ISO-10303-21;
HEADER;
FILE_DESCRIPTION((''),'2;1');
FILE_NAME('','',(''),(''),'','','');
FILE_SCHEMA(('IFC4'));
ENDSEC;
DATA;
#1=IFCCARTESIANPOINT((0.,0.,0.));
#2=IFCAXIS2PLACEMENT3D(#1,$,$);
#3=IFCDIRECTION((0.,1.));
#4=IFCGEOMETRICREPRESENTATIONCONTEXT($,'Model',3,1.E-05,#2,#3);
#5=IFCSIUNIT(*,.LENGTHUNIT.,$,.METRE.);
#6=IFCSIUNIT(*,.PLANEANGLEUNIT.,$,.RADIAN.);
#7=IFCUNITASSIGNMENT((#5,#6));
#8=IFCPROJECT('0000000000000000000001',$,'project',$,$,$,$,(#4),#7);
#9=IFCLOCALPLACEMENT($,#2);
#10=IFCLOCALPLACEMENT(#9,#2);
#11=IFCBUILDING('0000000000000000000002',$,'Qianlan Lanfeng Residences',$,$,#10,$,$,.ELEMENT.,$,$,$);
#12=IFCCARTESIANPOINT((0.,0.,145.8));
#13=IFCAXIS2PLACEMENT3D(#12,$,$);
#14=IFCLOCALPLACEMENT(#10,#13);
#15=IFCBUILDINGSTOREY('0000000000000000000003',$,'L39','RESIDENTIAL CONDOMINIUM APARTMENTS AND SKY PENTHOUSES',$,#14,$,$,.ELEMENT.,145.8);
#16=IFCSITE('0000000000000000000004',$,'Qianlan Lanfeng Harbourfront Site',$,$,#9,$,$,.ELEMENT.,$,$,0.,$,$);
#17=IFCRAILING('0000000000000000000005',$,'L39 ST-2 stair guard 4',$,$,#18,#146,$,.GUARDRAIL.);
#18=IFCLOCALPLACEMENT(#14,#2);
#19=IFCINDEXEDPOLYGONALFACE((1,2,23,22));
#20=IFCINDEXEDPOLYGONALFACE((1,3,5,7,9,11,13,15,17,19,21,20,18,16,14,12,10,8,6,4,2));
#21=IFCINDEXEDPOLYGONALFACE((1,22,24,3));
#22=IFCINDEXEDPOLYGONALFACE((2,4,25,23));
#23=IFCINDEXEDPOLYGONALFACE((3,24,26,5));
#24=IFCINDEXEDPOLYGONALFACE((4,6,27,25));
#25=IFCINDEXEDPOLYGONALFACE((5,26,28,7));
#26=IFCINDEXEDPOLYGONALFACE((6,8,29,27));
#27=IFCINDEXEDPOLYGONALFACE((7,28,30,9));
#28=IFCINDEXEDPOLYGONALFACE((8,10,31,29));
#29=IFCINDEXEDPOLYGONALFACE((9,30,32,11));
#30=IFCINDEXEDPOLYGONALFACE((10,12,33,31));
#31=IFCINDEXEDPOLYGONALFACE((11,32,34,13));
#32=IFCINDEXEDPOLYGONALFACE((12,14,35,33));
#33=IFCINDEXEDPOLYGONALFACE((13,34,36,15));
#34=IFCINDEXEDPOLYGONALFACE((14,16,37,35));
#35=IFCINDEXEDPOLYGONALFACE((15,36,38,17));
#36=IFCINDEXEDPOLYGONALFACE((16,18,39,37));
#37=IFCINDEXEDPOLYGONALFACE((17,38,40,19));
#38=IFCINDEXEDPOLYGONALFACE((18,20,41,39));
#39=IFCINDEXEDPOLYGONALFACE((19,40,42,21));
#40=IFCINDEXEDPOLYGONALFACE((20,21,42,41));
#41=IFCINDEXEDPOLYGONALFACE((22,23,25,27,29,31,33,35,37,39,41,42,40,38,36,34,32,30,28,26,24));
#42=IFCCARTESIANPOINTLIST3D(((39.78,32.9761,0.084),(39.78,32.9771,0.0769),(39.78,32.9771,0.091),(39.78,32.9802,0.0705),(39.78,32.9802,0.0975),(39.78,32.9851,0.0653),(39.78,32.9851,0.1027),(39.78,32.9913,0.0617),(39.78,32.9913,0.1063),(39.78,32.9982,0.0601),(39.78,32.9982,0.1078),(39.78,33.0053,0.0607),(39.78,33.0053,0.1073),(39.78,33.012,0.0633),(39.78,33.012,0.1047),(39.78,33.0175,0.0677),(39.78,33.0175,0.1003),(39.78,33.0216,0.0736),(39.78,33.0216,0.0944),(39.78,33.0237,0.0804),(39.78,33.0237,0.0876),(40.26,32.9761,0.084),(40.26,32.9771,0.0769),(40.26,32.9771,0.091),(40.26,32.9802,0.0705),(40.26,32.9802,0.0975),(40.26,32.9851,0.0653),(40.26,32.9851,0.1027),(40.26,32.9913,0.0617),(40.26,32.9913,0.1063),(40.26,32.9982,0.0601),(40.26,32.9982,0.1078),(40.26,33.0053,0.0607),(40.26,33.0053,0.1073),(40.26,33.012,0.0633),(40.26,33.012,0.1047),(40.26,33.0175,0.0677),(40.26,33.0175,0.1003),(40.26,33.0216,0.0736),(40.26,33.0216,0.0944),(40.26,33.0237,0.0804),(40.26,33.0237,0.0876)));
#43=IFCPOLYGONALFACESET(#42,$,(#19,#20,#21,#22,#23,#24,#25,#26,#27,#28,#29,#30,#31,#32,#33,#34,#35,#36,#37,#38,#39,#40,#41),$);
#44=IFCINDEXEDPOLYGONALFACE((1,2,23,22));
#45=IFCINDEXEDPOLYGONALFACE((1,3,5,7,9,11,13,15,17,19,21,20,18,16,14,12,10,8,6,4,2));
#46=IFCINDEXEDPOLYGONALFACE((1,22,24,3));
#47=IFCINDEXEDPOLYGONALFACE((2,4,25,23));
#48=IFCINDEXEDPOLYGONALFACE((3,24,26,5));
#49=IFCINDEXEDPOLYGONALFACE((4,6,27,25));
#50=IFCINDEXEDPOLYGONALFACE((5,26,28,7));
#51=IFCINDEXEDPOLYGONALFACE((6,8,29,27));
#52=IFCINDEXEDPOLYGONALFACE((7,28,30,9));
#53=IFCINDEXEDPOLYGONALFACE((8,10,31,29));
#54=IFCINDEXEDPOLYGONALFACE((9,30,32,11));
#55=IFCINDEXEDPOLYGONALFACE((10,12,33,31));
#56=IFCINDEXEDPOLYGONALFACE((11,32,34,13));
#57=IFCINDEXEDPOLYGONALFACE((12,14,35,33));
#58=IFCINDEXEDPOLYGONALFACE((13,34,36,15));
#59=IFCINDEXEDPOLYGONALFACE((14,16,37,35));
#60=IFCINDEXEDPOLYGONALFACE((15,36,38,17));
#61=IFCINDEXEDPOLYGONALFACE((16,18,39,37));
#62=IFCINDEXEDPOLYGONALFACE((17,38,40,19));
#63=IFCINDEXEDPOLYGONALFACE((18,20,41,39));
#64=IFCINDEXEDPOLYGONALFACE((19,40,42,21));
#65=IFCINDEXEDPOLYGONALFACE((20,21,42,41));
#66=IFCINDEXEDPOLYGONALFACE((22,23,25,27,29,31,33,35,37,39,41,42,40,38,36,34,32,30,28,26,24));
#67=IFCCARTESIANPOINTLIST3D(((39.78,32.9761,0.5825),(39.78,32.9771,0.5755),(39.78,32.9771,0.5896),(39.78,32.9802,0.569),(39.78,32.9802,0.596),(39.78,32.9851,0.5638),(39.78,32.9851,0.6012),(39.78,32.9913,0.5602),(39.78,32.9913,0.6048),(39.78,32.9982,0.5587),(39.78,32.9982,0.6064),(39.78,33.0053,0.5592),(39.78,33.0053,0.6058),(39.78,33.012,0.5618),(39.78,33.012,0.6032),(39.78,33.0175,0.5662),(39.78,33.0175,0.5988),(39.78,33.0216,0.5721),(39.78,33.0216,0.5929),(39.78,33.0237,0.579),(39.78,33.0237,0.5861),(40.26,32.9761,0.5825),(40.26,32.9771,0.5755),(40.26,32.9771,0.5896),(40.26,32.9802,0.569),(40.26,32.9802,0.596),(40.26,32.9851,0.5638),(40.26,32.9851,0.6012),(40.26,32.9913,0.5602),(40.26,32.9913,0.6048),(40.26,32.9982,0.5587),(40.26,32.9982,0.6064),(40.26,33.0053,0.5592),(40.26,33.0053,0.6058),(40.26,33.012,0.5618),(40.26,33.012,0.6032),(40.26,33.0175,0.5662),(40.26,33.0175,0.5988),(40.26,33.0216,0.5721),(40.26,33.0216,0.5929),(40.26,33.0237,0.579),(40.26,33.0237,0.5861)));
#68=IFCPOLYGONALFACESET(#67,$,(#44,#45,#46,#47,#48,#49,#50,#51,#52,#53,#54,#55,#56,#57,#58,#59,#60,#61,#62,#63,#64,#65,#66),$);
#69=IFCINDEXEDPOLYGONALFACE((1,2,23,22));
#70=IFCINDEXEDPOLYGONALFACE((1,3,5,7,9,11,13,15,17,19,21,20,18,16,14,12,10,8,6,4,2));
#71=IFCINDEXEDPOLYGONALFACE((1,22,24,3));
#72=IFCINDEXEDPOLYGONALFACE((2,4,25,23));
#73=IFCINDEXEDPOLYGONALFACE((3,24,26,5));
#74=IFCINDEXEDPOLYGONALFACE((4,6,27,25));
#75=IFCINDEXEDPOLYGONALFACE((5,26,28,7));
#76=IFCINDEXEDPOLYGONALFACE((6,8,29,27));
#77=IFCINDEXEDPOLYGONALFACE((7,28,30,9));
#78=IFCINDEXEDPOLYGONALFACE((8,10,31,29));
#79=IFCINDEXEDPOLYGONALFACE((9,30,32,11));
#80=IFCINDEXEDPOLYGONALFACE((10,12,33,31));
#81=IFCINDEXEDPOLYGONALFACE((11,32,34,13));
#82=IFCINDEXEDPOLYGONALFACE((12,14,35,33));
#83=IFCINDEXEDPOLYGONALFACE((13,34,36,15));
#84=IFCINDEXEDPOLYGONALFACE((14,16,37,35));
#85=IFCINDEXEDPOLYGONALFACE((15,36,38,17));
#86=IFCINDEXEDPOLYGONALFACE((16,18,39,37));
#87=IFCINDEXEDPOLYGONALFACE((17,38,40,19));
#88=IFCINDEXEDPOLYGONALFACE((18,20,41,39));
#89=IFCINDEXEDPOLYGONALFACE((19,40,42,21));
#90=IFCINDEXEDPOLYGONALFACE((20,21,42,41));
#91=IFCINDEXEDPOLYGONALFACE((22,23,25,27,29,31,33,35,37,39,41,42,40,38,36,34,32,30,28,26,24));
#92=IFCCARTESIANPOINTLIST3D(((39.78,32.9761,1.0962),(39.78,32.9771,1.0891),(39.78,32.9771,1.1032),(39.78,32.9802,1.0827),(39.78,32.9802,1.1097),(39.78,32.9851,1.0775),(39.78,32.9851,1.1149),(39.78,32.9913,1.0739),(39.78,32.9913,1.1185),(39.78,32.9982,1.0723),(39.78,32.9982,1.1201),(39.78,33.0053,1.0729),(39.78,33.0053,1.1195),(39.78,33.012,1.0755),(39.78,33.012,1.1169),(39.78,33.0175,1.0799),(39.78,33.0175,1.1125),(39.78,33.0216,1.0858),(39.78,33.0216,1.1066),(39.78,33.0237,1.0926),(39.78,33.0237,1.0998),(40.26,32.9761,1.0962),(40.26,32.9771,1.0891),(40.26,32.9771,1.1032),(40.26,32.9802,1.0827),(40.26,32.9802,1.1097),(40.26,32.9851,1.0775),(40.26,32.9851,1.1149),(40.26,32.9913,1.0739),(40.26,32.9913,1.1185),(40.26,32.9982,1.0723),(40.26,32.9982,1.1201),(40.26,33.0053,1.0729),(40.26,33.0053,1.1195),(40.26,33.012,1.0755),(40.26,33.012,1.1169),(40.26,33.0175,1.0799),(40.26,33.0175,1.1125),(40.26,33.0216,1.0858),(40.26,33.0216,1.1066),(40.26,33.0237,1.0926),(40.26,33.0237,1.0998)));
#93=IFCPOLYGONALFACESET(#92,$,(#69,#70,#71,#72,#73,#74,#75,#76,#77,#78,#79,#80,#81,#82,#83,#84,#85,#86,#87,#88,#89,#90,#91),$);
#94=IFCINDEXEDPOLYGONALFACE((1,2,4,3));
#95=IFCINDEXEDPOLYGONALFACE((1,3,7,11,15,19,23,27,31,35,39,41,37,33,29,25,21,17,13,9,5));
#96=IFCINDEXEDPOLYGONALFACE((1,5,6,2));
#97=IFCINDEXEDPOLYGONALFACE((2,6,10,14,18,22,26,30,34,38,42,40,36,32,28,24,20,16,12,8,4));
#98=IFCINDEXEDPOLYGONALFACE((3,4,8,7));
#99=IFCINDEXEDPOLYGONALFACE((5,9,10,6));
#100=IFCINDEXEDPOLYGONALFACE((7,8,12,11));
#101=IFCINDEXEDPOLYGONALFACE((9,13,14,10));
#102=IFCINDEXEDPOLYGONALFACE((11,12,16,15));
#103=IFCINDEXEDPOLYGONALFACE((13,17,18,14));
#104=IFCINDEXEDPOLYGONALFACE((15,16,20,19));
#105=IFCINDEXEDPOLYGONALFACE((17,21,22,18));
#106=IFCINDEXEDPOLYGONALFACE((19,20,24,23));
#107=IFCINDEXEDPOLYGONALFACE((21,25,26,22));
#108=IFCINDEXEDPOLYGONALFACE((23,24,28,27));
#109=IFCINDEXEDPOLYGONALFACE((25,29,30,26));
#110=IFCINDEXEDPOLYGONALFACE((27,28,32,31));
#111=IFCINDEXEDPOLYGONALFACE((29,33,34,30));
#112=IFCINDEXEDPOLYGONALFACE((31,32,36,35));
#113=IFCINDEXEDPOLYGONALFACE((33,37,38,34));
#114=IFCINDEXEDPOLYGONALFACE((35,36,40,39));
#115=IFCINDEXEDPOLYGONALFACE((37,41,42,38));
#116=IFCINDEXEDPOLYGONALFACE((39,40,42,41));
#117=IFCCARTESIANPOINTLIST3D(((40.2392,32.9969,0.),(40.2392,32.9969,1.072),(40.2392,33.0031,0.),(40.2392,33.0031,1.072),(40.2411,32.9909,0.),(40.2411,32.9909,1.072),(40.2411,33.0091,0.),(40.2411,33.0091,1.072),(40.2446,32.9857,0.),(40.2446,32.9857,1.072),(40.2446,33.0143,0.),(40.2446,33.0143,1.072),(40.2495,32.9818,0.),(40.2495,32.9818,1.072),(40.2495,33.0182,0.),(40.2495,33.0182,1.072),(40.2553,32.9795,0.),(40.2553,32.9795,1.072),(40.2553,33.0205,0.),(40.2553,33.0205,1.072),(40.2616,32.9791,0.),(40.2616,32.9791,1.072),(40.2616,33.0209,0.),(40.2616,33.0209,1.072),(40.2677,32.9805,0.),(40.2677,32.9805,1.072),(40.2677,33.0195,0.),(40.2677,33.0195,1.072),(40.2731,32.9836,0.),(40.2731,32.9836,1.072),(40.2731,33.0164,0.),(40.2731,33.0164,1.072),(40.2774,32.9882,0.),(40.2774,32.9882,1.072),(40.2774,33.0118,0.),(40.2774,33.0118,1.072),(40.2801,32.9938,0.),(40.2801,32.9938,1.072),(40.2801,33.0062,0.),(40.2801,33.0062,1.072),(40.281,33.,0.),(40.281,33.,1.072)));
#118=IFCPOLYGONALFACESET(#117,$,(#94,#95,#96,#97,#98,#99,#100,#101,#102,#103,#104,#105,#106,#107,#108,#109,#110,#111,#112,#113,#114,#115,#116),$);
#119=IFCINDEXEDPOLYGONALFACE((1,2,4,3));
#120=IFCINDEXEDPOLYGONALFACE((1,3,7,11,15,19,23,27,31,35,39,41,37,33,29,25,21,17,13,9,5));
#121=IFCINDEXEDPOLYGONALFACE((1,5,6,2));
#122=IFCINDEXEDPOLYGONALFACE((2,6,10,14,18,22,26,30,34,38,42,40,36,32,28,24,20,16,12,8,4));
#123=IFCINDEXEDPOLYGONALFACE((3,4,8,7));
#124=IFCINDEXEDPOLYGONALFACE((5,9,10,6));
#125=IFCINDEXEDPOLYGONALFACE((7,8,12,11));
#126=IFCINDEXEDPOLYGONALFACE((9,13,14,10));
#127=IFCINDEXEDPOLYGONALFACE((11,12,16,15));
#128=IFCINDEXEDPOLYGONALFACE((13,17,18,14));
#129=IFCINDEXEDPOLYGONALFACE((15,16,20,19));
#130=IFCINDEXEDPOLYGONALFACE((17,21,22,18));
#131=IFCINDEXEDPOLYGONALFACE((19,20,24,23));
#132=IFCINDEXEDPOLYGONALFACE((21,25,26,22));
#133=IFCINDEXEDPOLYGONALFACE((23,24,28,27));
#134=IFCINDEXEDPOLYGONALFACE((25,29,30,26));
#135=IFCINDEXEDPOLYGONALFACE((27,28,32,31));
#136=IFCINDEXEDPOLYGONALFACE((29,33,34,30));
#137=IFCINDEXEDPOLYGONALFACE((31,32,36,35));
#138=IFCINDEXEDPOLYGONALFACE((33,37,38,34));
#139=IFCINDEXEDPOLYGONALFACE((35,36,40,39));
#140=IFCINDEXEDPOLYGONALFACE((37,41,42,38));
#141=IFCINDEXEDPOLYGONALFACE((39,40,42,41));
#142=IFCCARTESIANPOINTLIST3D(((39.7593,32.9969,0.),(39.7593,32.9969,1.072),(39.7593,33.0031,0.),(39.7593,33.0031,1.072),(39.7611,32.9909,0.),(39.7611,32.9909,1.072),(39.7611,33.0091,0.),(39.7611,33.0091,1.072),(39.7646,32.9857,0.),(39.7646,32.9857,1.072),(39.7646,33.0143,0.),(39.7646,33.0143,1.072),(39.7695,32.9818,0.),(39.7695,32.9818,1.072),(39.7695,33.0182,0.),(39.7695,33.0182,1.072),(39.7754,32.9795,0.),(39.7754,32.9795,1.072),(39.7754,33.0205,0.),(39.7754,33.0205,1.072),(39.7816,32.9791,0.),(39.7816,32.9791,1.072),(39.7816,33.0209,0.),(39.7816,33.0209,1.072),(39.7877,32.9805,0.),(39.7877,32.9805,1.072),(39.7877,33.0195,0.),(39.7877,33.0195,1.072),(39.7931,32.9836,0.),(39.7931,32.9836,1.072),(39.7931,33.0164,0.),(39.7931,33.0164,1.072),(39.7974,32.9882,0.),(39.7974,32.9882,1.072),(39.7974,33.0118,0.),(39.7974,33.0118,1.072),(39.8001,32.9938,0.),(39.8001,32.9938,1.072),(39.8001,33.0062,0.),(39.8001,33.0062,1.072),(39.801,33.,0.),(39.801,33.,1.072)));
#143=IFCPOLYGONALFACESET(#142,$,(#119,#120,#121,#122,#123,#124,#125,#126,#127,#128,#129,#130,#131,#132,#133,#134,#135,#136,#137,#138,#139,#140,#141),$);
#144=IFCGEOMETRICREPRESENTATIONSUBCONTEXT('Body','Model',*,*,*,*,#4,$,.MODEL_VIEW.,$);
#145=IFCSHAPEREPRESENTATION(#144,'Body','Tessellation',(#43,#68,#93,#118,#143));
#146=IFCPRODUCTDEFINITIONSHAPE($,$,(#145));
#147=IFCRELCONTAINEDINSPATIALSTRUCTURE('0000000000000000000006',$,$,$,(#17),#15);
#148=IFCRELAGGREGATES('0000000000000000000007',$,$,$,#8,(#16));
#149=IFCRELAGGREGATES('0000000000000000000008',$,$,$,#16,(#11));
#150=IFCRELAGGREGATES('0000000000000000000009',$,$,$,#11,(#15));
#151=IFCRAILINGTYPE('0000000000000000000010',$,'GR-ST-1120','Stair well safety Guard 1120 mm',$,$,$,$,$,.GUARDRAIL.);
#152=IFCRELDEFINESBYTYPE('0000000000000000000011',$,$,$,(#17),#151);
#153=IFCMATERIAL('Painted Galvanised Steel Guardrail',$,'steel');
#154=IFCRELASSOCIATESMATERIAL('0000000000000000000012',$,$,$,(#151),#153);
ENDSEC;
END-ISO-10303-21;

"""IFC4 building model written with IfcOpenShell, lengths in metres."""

from ifc_helpers import new_model, si_unit, direction, frame, origin, origin_2d, place, context, subcontext, project, spatial, circle, extrude, material, type_object, element, save


model = new_model("IFC4")

# Units and contexts
model_context = context("Model", 3, precision=1e-05, world=origin(), true_north=direction((0.0, 1.0)))
body_context = subcontext(model_context, "Body", "Model", "MODEL_VIEW")
ifc_project = project(units=[si_unit("LENGTHUNIT", "METRE"), si_unit("PLANEANGLEUNIT", "RADIAN")], contexts=[model_context])

# Site, building, storey
site_placement = place(None, origin())
site = spatial("IfcSite", under=ifc_project, at=site_placement, Name="Qianlan Lanfeng Harbourfront Site", CompositionType="ELEMENT", RefElevation=0.0)
building_placement = place(site_placement, origin())
building = spatial("IfcBuilding", under=site, at=building_placement, Name="Qianlan Lanfeng Residences", CompositionType="ELEMENT")
storey_placement = place(building_placement, frame((0.0, 0.0, 145.8)))
storey = spatial("IfcBuildingStorey", under=building, at=storey_placement, Name="L39", Description="RESIDENTIAL CONDOMINIUM APARTMENTS AND SKY PENTHOUSES", CompositionType="ELEMENT", Elevation=145.8)

# Railing
ifc_material_1 = material(Name="Painted Galvanised Steel Guardrail", Category="steel")
railing_type_1 = type_object("IfcRailingType", Name="GR-ST-1120", Description="Stair well safety Guard 1120 mm", PredefinedType="GUARDRAIL", material=ifc_material_1)
railing_1_placement = place(storey_placement, frame((40.26, 33.0, 0.0)))
element("IfcRailing", 1, at=railing_1_placement, inside=storey, type_object=railing_type_1, Name="L39 ST-2 stair guard 4", PredefinedType="GUARDRAIL", context=body_context, shape_type="SweptSolid", body=[
    extrude(circle(Radius=0.0239, at=origin_2d()), frame((0.0, 0.0, 0.084), z_axis=(-1.0, 0.0, 0.0), x_axis=(0.0, -1.0, 0.0)), (0.0, 0.0, 1.0), 0.48),
    extrude(circle(Radius=0.0239, at=origin_2d()), frame((0.0, 0.0, 0.5825), z_axis=(-1.0, 0.0, 0.0), x_axis=(0.0, -1.0, 0.0)), (0.0, 0.0, 1.0), 0.48),
    extrude(circle(Radius=0.0239, at=origin_2d()), frame((0.0, 0.0, 1.0962), z_axis=(-1.0, 0.0, 0.0), x_axis=(0.0, -1.0, 0.0)), (0.0, 0.0, 1.0), 0.48),
    extrude(circle(Radius=0.021, at=origin_2d()), origin(), (0.0, 0.0, 1.0), 1.072),
    extrude(circle(Radius=0.021, at=origin_2d()), frame((-0.48, 0.0, 0.0)), (0.0, 0.0, 1.0), 1.072),
])

save(model, "model.ifc")
